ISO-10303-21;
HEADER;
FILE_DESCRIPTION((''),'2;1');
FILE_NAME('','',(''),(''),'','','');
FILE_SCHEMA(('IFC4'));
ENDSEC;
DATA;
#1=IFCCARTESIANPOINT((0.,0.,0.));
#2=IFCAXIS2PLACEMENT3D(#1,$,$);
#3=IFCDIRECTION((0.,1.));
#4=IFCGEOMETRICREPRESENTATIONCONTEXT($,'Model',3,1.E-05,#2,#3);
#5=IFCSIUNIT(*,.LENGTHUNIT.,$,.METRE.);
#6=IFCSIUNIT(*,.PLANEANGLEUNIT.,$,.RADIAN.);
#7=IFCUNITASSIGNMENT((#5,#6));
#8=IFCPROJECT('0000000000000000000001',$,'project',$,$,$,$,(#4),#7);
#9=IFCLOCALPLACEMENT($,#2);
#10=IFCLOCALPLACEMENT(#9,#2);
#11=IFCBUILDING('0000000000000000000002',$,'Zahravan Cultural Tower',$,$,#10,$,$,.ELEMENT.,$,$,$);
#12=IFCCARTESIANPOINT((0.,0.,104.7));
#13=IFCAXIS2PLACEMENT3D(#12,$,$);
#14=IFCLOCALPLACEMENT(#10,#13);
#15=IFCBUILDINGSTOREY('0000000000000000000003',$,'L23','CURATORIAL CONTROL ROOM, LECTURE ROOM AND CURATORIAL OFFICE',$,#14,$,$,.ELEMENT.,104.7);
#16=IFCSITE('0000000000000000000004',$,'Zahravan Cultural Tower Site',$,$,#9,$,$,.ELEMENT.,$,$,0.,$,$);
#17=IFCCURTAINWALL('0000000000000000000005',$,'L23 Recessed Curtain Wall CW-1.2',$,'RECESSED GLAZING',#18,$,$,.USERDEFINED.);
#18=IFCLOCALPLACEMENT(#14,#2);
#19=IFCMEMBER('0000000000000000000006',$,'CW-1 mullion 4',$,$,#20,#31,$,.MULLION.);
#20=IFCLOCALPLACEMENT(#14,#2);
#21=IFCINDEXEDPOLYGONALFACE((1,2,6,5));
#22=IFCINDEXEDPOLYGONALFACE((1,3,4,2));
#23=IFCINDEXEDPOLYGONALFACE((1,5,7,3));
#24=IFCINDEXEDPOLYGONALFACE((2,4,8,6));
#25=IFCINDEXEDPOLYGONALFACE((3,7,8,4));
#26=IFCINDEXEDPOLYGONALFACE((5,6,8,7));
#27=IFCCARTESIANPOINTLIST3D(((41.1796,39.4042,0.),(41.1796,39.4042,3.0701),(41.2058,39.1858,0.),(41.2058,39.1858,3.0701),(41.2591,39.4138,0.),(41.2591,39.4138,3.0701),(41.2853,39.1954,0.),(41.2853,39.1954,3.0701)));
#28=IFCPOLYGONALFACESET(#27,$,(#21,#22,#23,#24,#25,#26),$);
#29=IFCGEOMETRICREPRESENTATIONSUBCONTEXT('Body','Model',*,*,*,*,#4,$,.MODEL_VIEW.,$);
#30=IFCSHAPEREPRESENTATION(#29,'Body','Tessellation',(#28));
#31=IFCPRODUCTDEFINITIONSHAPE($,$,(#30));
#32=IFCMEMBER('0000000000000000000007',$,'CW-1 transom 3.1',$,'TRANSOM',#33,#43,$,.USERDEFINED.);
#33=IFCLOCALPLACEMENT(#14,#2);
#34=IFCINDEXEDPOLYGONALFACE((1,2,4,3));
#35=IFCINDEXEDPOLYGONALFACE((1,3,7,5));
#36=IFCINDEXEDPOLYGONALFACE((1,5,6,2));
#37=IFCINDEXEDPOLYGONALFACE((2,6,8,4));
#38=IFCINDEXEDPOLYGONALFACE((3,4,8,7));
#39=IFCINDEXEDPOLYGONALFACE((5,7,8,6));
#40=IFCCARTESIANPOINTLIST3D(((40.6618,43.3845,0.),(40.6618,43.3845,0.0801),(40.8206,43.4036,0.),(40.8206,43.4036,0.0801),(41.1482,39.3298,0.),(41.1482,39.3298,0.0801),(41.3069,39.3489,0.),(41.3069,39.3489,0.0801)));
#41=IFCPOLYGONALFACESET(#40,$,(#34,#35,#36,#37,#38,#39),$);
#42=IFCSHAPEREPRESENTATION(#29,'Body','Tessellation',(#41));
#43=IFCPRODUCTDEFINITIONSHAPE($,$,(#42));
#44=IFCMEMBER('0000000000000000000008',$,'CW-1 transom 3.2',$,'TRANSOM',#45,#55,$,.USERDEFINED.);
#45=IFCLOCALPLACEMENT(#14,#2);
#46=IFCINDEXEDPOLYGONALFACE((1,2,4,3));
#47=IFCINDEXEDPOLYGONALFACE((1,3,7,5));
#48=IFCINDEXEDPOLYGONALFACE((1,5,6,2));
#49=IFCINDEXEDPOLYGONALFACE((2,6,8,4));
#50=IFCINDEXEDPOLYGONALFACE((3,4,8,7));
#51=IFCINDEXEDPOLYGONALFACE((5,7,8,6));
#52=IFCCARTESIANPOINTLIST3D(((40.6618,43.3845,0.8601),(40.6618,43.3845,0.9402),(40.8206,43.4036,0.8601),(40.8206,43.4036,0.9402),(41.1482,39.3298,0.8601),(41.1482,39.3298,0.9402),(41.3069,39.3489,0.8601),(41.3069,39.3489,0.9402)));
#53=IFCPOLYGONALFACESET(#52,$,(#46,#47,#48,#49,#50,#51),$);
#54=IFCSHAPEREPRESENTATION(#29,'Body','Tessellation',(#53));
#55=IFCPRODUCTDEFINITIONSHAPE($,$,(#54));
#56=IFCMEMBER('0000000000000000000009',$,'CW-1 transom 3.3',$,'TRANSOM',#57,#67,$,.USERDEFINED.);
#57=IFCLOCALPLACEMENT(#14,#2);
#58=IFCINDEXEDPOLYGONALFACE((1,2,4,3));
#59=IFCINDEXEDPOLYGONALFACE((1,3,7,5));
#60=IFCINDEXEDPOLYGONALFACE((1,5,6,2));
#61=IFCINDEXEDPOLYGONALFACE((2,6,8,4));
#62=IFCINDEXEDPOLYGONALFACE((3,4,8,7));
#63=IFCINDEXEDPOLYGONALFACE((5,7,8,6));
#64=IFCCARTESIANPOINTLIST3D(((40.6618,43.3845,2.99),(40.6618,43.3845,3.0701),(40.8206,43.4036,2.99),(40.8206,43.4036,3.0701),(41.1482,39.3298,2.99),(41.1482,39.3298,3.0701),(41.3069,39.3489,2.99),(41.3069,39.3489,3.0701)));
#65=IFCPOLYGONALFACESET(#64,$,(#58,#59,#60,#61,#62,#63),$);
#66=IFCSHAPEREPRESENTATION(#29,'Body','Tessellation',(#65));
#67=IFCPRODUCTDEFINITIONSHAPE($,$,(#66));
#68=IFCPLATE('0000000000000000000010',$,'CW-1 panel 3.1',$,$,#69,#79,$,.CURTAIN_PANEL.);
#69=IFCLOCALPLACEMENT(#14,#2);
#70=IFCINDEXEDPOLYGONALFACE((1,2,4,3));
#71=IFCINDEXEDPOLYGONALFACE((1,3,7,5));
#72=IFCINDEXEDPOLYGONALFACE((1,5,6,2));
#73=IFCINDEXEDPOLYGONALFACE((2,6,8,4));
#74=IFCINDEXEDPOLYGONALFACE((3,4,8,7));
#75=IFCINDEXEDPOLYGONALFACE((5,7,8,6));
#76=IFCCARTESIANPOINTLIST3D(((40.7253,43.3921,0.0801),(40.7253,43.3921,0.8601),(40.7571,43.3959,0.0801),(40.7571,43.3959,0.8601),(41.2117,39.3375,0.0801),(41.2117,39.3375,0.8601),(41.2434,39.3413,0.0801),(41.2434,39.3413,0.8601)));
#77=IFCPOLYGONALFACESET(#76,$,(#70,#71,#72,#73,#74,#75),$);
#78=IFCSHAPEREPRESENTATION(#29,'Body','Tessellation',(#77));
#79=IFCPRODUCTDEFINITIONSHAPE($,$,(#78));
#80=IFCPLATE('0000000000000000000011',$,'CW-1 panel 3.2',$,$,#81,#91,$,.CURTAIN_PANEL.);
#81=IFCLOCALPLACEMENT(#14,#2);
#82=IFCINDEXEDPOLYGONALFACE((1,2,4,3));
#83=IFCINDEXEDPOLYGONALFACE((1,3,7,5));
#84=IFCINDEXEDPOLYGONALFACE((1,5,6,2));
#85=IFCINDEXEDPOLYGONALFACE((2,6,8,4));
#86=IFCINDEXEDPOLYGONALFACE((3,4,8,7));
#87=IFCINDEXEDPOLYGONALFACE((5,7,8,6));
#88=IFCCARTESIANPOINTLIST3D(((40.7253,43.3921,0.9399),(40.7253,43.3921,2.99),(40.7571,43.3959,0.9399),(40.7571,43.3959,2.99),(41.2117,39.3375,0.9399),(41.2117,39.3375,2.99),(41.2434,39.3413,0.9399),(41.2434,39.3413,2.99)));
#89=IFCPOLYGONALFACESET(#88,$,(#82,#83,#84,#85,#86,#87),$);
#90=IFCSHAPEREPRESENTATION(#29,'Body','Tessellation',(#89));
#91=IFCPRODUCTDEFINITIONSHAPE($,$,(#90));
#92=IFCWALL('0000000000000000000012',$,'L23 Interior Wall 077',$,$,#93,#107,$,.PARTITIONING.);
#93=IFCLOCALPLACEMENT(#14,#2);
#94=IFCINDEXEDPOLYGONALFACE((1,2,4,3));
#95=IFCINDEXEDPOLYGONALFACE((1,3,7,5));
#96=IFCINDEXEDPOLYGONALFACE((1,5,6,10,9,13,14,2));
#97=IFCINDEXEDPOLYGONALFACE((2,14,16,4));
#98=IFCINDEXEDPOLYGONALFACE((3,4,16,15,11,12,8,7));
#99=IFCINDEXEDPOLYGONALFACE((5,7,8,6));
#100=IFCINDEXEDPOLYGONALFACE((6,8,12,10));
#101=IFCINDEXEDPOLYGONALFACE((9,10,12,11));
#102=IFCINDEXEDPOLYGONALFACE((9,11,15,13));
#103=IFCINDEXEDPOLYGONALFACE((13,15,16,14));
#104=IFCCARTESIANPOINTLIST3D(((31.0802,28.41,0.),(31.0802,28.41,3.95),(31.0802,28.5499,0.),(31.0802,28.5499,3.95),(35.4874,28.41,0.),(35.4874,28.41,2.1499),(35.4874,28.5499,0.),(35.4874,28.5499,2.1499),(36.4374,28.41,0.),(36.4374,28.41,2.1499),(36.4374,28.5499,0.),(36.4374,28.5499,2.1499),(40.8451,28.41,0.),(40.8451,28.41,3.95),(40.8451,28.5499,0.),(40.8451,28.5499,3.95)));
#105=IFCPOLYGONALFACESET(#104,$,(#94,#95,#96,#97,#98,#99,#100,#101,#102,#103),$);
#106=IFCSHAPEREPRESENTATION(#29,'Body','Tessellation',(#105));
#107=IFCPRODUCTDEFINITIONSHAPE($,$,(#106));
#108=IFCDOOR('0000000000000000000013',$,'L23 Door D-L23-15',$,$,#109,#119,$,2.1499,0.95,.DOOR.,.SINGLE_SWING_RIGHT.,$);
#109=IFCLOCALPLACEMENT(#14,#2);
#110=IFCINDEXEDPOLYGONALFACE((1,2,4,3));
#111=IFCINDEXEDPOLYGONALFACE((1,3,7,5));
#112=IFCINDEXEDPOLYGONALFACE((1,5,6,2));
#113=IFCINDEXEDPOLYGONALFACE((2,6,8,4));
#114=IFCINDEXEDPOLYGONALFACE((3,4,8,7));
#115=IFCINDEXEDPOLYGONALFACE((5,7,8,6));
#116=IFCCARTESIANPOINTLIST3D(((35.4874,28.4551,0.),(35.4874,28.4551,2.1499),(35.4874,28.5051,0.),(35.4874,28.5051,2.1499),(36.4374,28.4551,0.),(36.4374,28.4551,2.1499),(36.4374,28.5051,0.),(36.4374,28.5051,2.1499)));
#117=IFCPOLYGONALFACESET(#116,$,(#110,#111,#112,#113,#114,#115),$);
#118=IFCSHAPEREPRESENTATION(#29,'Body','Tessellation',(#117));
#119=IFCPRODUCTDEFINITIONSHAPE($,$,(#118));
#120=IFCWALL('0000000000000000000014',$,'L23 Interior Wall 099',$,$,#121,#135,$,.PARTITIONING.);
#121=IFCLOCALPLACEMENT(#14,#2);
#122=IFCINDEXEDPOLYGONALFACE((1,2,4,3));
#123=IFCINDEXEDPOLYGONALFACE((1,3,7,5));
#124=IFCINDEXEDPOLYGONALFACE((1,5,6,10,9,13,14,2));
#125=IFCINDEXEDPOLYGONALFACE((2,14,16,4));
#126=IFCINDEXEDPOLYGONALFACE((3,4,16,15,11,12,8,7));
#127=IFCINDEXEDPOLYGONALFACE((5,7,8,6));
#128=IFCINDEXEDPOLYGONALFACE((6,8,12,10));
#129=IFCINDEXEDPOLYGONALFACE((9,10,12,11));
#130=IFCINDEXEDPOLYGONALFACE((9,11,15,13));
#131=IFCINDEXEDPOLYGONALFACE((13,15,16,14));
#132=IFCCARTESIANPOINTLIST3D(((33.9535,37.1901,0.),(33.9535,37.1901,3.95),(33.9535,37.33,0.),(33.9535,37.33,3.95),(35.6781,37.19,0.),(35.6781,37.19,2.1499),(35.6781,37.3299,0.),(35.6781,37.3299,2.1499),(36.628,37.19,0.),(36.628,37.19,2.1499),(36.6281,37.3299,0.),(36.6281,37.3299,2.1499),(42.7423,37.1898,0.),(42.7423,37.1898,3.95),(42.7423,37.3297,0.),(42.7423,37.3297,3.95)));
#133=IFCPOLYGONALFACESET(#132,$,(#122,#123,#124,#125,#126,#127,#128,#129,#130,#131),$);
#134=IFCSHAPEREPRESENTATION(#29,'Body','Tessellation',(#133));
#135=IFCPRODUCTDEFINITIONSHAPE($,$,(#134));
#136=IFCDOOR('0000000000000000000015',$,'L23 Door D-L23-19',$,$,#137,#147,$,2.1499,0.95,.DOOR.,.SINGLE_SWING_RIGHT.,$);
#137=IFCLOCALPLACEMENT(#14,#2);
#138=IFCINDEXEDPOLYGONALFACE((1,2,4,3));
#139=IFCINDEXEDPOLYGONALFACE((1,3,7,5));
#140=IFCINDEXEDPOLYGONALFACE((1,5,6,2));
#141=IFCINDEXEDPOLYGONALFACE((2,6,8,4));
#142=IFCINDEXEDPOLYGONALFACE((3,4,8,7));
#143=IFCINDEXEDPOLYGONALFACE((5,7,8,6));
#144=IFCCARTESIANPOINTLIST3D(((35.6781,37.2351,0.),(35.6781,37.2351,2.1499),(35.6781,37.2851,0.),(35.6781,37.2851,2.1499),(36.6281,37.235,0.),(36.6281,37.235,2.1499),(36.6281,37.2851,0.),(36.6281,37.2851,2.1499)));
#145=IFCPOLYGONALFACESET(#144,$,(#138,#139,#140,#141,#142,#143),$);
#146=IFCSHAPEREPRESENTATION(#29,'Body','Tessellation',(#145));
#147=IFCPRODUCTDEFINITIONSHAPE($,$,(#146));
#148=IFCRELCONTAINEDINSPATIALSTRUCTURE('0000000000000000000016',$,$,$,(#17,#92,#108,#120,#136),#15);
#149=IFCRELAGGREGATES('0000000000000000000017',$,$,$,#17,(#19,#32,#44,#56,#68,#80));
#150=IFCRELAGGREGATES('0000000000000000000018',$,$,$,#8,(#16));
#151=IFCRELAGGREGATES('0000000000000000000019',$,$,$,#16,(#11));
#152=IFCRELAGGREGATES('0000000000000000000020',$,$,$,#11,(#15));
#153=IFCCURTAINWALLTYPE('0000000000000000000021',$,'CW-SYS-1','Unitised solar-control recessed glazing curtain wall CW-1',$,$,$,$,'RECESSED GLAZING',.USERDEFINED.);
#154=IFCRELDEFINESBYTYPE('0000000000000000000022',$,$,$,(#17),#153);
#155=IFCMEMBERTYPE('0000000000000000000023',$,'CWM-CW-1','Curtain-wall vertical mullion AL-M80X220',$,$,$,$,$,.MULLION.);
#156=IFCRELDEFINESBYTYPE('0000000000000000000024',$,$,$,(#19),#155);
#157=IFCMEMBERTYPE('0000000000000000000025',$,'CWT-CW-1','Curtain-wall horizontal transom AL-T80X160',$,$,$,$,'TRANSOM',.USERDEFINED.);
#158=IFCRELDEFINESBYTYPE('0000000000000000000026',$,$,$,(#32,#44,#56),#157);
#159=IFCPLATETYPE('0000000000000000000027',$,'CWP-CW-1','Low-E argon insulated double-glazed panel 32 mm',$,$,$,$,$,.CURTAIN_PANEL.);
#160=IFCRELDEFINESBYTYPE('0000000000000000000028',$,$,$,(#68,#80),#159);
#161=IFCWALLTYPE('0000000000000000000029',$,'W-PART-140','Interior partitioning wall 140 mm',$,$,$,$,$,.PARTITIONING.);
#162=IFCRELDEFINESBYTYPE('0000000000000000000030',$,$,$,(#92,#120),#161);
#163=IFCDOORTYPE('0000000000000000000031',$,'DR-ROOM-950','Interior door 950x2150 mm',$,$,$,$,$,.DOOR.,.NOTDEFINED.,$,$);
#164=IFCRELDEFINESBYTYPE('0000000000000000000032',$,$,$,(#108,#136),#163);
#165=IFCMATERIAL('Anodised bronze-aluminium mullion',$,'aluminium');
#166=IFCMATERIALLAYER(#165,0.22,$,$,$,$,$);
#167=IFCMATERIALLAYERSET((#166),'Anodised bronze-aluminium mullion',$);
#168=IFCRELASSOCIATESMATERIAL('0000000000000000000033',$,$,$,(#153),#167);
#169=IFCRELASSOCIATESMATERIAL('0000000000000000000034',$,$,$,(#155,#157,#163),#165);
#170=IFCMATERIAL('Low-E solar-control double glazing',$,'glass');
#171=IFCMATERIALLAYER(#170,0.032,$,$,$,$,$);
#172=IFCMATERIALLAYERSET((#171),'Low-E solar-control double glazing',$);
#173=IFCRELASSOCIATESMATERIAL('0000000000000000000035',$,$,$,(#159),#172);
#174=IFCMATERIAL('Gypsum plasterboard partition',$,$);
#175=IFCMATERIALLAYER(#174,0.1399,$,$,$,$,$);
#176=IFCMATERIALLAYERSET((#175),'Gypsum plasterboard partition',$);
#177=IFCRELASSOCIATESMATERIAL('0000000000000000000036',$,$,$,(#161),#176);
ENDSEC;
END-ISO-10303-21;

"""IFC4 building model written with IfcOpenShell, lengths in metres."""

from ifc_helpers import new_model, si_unit, direction, frame, frame_2d, origin, origin_2d, place, context, subcontext, project, spatial, rectangle, extrude, source, transform, mapped, material, layer, layer_set, material_profile, profile_set, type_object, element, fill, aggregate, save


model = new_model("IFC4")

# Units and contexts
model_context = context("Model", 3, precision=1e-05, world=origin(), true_north=direction((0.0, 1.0)))
body_context = subcontext(model_context, "Body", "Model", "MODEL_VIEW")
ifc_project = project(units=[si_unit("LENGTHUNIT", "METRE"), si_unit("PLANEANGLEUNIT", "RADIAN")], contexts=[model_context])

# Site, building, storey
site_placement = place(None, origin())
site = spatial("IfcSite", under=ifc_project, at=site_placement, Name="Zahravan Cultural Tower Site", CompositionType="ELEMENT", RefElevation=0.0)
building_placement = place(site_placement, origin())
building = spatial("IfcBuilding", under=site, at=building_placement, Name="Zahravan Cultural Tower", CompositionType="ELEMENT")
storey_placement = place(building_placement, frame((0.0, 0.0, 104.7)))
storey = spatial("IfcBuildingStorey", under=building, at=storey_placement, Name="L23", Description="CURATORIAL CONTROL ROOM, LECTURE ROOM AND CURATORIAL OFFICE", CompositionType="ELEMENT", Elevation=104.7)

# Curtain wall, members, plates
ifc_material_1 = material(Name="Anodised bronze-aluminium mullion", Category="aluminium")
ifc_layer_1 = layer(ifc_material_1, 0.22)
ifc_layer_set_1 = layer_set([ifc_layer_1], Name="Anodised bronze-aluminium mullion")
curtain_wall_type = type_object("IfcCurtainWallType", Name="CW-SYS-1", Description="Unitised solar-control recessed glazing curtain wall CW-1", ElementType="RECESSED GLAZING", PredefinedType="USERDEFINED", material=ifc_layer_set_1)
curtain_wall_placement = place(storey_placement, origin())
curtain_wall = element("IfcCurtainWall", 1, at=curtain_wall_placement, inside=storey, type_object=curtain_wall_type, Name="L23 Recessed Curtain Wall CW-1.2", ObjectType="RECESSED GLAZING", PredefinedType="USERDEFINED")
ifc_material_profile_1 = material_profile(ifc_material_1, rectangle(XDim=0.0801, YDim=0.22, at=origin_2d()), Name="AL-M80X220")
ifc_profile_set_1 = profile_set([ifc_material_profile_1], Name="Anodised bronze-aluminium mullion")
member_type_1 = type_object("IfcMemberType", Name="CWM-CW-1", Description="Curtain-wall vertical mullion AL-M80X220", PredefinedType="MULLION", material=ifc_profile_set_1)
shared_shape_1 = source(origin(), body_context, "Body", "SweptSolid", [
    extrude(rectangle(XDim=0.0801, YDim=0.22, at=origin_2d()), origin(), (0.0, 0.0, 1.0), 3.0701),
])
member_1_placement = place(storey_placement, frame((41.2324, 39.2998, 0.0), z_axis=(0.0, 0.0, 1.0), x_axis=(0.992883, 0.119095, 0.0)))
member_1 = element("IfcMember", 2, at=member_1_placement, type_object=member_type_1, Name="CW-1 mullion 4", PredefinedType="MULLION", context=body_context, shape_type="MappedRepresentation", body=[
    mapped(shared_shape_1, transform((0.0, 0.0, 0.0), x_axis=(1.0, 0.0, 0.0), y_axis=(0.0, 1.0, 0.0), z_axis=(0.0, 0.0, 1.0), scale=1.0)),
])
ifc_material_profile_2 = material_profile(ifc_material_1, rectangle(XDim=0.1599, YDim=0.0801, at=origin_2d()), Name="AL-T80X160")
ifc_profile_set_2 = profile_set([ifc_material_profile_2], Name="Anodised bronze-aluminium mullion")
member_type_2 = type_object("IfcMemberType", Name="CWT-CW-1", Description="Curtain-wall horizontal transom AL-T80X160", ElementType="TRANSOM", PredefinedType="USERDEFINED", material=ifc_profile_set_2)
shared_shape_2 = source(origin(), body_context, "Body", "SweptSolid", [
    extrude(rectangle(XDim=0.1599, YDim=0.0801, at=origin_2d()), origin(), (0.0, 0.0, 1.0), 4.0837),
])
member_2_placement = place(storey_placement, frame((40.7412, 43.394, 0.04), z_axis=(0.119089, -0.992884, 0.0), x_axis=(0.992884, 0.119089, 0.0)))
member_2 = element("IfcMember", 3, at=member_2_placement, type_object=member_type_2, Name="CW-1 transom 3.1", ObjectType="TRANSOM", PredefinedType="USERDEFINED", context=body_context, shape_type="MappedRepresentation", body=[
    mapped(shared_shape_2, transform((0.0, 0.0, 0.0), x_axis=(1.0, 0.0, 0.0), y_axis=(0.0, 1.0, 0.0), z_axis=(0.0, 0.0, 1.0), scale=1.0)),
])
member_3_placement = place(storey_placement, frame((40.7412, 43.394, 0.9001), z_axis=(0.119089, -0.992884, 0.0), x_axis=(0.992884, 0.119089, 0.0)))
member_3 = element("IfcMember", 4, at=member_3_placement, type_object=member_type_2, Name="CW-1 transom 3.2", ObjectType="TRANSOM", PredefinedType="USERDEFINED", context=body_context, shape_type="MappedRepresentation", body=[
    mapped(shared_shape_2, transform((0.0, 0.0, 0.0), x_axis=(1.0, 0.0, 0.0), y_axis=(0.0, 1.0, 0.0), z_axis=(0.0, 0.0, 1.0), scale=1.0)),
])
member_4_placement = place(storey_placement, frame((40.7412, 43.394, 3.03), z_axis=(0.119089, -0.992884, 0.0), x_axis=(0.992884, 0.119089, 0.0)))
member_4 = element("IfcMember", 5, at=member_4_placement, type_object=member_type_2, Name="CW-1 transom 3.3", ObjectType="TRANSOM", PredefinedType="USERDEFINED", context=body_context, shape_type="MappedRepresentation", body=[
    mapped(shared_shape_2, transform((0.0, 0.0, 0.0), x_axis=(1.0, 0.0, 0.0), y_axis=(0.0, 1.0, 0.0), z_axis=(0.0, 0.0, 1.0), scale=1.0)),
])
ifc_material_2 = material(Name="Low-E solar-control double glazing", Category="glass")
ifc_layer_2 = layer(ifc_material_2, 0.032)
ifc_layer_set_2 = layer_set([ifc_layer_2], Name="Low-E solar-control double glazing")
plate_type = type_object("IfcPlateType", Name="CWP-CW-1", Description="Low-E argon insulated double-glazed panel 32 mm", PredefinedType="CURTAIN_PANEL", material=ifc_layer_set_2)
shared_shape_3 = source(origin(), body_context, "Body", "SweptSolid", [
    extrude(rectangle(XDim=4.0837, YDim=0.032, at=origin_2d()), origin(), (0.0, 0.0, 1.0), 0.78),
])
plate_1_placement = place(storey_placement, frame((40.9844, 41.3667, 0.0801), z_axis=(0.0, 0.0, 1.0), x_axis=(0.119095, -0.992883, 0.0)))
plate_1 = element("IfcPlate", 6, at=plate_1_placement, type_object=plate_type, Name="CW-1 panel 3.1", PredefinedType="CURTAIN_PANEL", context=body_context, shape_type="MappedRepresentation", body=[
    mapped(shared_shape_3, transform((0.0, 0.0, 0.0), x_axis=(1.0, 0.0, 0.0), y_axis=(0.0, 1.0, 0.0), z_axis=(0.0, 0.0, 1.0), scale=1.0)),
])
shared_shape_4 = source(origin(), body_context, "Body", "SweptSolid", [
    extrude(rectangle(XDim=4.0837, YDim=0.032, at=origin_2d()), origin(), (0.0, 0.0, 1.0), 2.05),
])
plate_2_placement = place(storey_placement, frame((40.9844, 41.3667, 0.9399), z_axis=(0.0, 0.0, 1.0), x_axis=(0.119095, -0.992883, 0.0)))
plate_2 = element("IfcPlate", 7, at=plate_2_placement, type_object=plate_type, Name="CW-1 panel 3.2", PredefinedType="CURTAIN_PANEL", context=body_context, shape_type="MappedRepresentation", body=[
    mapped(shared_shape_4, transform((0.0, 0.0, 0.0), x_axis=(1.0, 0.0, 0.0), y_axis=(0.0, 1.0, 0.0), z_axis=(0.0, 0.0, 1.0), scale=1.0)),
])
aggregate(curtain_wall, [member_1, member_2, member_3, member_4, plate_1, plate_2])

# Walls, openings, doors
ifc_material_3 = material(Name="Gypsum plasterboard partition")
ifc_layer_3 = layer(ifc_material_3, 0.1399)
ifc_layer_set_3 = layer_set([ifc_layer_3], Name="Gypsum plasterboard partition")
wall_type_1 = type_object("IfcWallType", Name="W-PART-140", Description="Interior partitioning wall 140 mm", PredefinedType="PARTITIONING", material=ifc_layer_set_3)
wall_1_placement = place(storey_placement, frame((40.845, 28.48, 0.0), z_axis=(0.0, 0.0, 1.0), x_axis=(-1.0, 0.0, 0.0)))
wall_1 = element("IfcWall", 8, at=wall_1_placement, inside=storey, type_object=wall_type_1, Name="L23 Interior Wall 077", PredefinedType="PARTITIONING", context=body_context, shape_type="SweptSolid", body=[
    extrude(rectangle(XDim=9.7649, YDim=0.1399, at=frame_2d((4.8823, 0.0))), origin(), (0.0, 0.0, 1.0), 3.95),
])
opening_1_placement = place(wall_1_placement, frame((4.4075, 0.0, 0.0)))
opening_1 = element("IfcOpeningElement", 9, at=opening_1_placement, cuts=wall_1, PredefinedType="OPENING", context=body_context, shape_type="SweptSolid", body=[
    extrude(rectangle(XDim=0.95, YDim=2.1499, at=frame_2d((0.4751, 1.075))), frame((0.0, 0.0798, 0.0), z_axis=(0.0, -1.0, 0.0), x_axis=(1.0, 0.0, 0.0)), (0.0, 0.0, 1.0), 0.1599),
])
door_type_1 = type_object("IfcDoorType", Name="DR-ROOM-950", Description="Interior door 950x2150 mm", OperationType="NOTDEFINED", PredefinedType="DOOR", material=ifc_material_1)
shared_shape_5 = source(origin(), body_context, "Body", "SweptSolid", [
    extrude(rectangle(XDim=0.95, YDim=2.1499, at=frame_2d((0.4751, 1.075))), frame((0.0, 0.0249, 0.0), z_axis=(0.0, -1.0, 0.0), x_axis=(1.0, 0.0, 0.0)), (0.0, 0.0, 1.0), 0.05),
])
door_1_placement = place(opening_1_placement, origin())
door_1 = element("IfcDoor", 10, at=door_1_placement, inside=storey, type_object=door_type_1, Name="L23 Door D-L23-15", OperationType="SINGLE_SWING_RIGHT", OverallHeight=2.1499, OverallWidth=0.95, PredefinedType="DOOR", context=body_context, shape_type="MappedRepresentation", body=[
    mapped(shared_shape_5, transform((0.0, 0.0, 0.0), x_axis=(1.0, 0.0, 0.0), y_axis=(0.0, 1.0, 0.0), z_axis=(0.0, 0.0, 1.0), scale=1.0)),
])
fill(opening_1, door_1)
wall_2_placement = place(storey_placement, frame((42.7424, 37.2598, 0.0), z_axis=(0.0, 0.0, 1.0), x_axis=(-1.0, 0.000028, 0.0)))
wall_2 = element("IfcWall", 11, at=wall_2_placement, inside=storey, type_object=wall_type_1, Name="L23 Interior Wall 099", PredefinedType="PARTITIONING", context=body_context, shape_type="SweptSolid", body=[
    extrude(rectangle(XDim=8.7888, YDim=0.1399, at=frame_2d((4.3945, 0.0))), origin(), (0.0, 0.0, 1.0), 3.95),
])
opening_2_placement = place(wall_2_placement, frame((6.1143, 0.0, 0.0)))
opening_2 = element("IfcOpeningElement", 12, at=opening_2_placement, cuts=wall_2, PredefinedType="OPENING", context=body_context, shape_type="SweptSolid", body=[
    extrude(rectangle(XDim=0.95, YDim=2.1499, at=frame_2d((0.4751, 1.075))), frame((0.0, 0.0798, 0.0), z_axis=(0.0, -1.0, 0.0), x_axis=(1.0, 0.0, 0.0)), (0.0, 0.0, 1.0), 0.1599),
])
door_2_placement = place(opening_2_placement, origin())
door_2 = element("IfcDoor", 13, at=door_2_placement, inside=storey, type_object=door_type_1, Name="L23 Door D-L23-19", OperationType="SINGLE_SWING_RIGHT", OverallHeight=2.1499, OverallWidth=0.95, PredefinedType="DOOR", context=body_context, shape_type="MappedRepresentation", body=[
    mapped(shared_shape_5, transform((0.0, 0.0, 0.0), x_axis=(1.0, 0.0, 0.0), y_axis=(0.0, 1.0, 0.0), z_axis=(0.0, 0.0, 1.0), scale=1.0)),
])
fill(opening_2, door_2)

save(model, "model.ifc")
